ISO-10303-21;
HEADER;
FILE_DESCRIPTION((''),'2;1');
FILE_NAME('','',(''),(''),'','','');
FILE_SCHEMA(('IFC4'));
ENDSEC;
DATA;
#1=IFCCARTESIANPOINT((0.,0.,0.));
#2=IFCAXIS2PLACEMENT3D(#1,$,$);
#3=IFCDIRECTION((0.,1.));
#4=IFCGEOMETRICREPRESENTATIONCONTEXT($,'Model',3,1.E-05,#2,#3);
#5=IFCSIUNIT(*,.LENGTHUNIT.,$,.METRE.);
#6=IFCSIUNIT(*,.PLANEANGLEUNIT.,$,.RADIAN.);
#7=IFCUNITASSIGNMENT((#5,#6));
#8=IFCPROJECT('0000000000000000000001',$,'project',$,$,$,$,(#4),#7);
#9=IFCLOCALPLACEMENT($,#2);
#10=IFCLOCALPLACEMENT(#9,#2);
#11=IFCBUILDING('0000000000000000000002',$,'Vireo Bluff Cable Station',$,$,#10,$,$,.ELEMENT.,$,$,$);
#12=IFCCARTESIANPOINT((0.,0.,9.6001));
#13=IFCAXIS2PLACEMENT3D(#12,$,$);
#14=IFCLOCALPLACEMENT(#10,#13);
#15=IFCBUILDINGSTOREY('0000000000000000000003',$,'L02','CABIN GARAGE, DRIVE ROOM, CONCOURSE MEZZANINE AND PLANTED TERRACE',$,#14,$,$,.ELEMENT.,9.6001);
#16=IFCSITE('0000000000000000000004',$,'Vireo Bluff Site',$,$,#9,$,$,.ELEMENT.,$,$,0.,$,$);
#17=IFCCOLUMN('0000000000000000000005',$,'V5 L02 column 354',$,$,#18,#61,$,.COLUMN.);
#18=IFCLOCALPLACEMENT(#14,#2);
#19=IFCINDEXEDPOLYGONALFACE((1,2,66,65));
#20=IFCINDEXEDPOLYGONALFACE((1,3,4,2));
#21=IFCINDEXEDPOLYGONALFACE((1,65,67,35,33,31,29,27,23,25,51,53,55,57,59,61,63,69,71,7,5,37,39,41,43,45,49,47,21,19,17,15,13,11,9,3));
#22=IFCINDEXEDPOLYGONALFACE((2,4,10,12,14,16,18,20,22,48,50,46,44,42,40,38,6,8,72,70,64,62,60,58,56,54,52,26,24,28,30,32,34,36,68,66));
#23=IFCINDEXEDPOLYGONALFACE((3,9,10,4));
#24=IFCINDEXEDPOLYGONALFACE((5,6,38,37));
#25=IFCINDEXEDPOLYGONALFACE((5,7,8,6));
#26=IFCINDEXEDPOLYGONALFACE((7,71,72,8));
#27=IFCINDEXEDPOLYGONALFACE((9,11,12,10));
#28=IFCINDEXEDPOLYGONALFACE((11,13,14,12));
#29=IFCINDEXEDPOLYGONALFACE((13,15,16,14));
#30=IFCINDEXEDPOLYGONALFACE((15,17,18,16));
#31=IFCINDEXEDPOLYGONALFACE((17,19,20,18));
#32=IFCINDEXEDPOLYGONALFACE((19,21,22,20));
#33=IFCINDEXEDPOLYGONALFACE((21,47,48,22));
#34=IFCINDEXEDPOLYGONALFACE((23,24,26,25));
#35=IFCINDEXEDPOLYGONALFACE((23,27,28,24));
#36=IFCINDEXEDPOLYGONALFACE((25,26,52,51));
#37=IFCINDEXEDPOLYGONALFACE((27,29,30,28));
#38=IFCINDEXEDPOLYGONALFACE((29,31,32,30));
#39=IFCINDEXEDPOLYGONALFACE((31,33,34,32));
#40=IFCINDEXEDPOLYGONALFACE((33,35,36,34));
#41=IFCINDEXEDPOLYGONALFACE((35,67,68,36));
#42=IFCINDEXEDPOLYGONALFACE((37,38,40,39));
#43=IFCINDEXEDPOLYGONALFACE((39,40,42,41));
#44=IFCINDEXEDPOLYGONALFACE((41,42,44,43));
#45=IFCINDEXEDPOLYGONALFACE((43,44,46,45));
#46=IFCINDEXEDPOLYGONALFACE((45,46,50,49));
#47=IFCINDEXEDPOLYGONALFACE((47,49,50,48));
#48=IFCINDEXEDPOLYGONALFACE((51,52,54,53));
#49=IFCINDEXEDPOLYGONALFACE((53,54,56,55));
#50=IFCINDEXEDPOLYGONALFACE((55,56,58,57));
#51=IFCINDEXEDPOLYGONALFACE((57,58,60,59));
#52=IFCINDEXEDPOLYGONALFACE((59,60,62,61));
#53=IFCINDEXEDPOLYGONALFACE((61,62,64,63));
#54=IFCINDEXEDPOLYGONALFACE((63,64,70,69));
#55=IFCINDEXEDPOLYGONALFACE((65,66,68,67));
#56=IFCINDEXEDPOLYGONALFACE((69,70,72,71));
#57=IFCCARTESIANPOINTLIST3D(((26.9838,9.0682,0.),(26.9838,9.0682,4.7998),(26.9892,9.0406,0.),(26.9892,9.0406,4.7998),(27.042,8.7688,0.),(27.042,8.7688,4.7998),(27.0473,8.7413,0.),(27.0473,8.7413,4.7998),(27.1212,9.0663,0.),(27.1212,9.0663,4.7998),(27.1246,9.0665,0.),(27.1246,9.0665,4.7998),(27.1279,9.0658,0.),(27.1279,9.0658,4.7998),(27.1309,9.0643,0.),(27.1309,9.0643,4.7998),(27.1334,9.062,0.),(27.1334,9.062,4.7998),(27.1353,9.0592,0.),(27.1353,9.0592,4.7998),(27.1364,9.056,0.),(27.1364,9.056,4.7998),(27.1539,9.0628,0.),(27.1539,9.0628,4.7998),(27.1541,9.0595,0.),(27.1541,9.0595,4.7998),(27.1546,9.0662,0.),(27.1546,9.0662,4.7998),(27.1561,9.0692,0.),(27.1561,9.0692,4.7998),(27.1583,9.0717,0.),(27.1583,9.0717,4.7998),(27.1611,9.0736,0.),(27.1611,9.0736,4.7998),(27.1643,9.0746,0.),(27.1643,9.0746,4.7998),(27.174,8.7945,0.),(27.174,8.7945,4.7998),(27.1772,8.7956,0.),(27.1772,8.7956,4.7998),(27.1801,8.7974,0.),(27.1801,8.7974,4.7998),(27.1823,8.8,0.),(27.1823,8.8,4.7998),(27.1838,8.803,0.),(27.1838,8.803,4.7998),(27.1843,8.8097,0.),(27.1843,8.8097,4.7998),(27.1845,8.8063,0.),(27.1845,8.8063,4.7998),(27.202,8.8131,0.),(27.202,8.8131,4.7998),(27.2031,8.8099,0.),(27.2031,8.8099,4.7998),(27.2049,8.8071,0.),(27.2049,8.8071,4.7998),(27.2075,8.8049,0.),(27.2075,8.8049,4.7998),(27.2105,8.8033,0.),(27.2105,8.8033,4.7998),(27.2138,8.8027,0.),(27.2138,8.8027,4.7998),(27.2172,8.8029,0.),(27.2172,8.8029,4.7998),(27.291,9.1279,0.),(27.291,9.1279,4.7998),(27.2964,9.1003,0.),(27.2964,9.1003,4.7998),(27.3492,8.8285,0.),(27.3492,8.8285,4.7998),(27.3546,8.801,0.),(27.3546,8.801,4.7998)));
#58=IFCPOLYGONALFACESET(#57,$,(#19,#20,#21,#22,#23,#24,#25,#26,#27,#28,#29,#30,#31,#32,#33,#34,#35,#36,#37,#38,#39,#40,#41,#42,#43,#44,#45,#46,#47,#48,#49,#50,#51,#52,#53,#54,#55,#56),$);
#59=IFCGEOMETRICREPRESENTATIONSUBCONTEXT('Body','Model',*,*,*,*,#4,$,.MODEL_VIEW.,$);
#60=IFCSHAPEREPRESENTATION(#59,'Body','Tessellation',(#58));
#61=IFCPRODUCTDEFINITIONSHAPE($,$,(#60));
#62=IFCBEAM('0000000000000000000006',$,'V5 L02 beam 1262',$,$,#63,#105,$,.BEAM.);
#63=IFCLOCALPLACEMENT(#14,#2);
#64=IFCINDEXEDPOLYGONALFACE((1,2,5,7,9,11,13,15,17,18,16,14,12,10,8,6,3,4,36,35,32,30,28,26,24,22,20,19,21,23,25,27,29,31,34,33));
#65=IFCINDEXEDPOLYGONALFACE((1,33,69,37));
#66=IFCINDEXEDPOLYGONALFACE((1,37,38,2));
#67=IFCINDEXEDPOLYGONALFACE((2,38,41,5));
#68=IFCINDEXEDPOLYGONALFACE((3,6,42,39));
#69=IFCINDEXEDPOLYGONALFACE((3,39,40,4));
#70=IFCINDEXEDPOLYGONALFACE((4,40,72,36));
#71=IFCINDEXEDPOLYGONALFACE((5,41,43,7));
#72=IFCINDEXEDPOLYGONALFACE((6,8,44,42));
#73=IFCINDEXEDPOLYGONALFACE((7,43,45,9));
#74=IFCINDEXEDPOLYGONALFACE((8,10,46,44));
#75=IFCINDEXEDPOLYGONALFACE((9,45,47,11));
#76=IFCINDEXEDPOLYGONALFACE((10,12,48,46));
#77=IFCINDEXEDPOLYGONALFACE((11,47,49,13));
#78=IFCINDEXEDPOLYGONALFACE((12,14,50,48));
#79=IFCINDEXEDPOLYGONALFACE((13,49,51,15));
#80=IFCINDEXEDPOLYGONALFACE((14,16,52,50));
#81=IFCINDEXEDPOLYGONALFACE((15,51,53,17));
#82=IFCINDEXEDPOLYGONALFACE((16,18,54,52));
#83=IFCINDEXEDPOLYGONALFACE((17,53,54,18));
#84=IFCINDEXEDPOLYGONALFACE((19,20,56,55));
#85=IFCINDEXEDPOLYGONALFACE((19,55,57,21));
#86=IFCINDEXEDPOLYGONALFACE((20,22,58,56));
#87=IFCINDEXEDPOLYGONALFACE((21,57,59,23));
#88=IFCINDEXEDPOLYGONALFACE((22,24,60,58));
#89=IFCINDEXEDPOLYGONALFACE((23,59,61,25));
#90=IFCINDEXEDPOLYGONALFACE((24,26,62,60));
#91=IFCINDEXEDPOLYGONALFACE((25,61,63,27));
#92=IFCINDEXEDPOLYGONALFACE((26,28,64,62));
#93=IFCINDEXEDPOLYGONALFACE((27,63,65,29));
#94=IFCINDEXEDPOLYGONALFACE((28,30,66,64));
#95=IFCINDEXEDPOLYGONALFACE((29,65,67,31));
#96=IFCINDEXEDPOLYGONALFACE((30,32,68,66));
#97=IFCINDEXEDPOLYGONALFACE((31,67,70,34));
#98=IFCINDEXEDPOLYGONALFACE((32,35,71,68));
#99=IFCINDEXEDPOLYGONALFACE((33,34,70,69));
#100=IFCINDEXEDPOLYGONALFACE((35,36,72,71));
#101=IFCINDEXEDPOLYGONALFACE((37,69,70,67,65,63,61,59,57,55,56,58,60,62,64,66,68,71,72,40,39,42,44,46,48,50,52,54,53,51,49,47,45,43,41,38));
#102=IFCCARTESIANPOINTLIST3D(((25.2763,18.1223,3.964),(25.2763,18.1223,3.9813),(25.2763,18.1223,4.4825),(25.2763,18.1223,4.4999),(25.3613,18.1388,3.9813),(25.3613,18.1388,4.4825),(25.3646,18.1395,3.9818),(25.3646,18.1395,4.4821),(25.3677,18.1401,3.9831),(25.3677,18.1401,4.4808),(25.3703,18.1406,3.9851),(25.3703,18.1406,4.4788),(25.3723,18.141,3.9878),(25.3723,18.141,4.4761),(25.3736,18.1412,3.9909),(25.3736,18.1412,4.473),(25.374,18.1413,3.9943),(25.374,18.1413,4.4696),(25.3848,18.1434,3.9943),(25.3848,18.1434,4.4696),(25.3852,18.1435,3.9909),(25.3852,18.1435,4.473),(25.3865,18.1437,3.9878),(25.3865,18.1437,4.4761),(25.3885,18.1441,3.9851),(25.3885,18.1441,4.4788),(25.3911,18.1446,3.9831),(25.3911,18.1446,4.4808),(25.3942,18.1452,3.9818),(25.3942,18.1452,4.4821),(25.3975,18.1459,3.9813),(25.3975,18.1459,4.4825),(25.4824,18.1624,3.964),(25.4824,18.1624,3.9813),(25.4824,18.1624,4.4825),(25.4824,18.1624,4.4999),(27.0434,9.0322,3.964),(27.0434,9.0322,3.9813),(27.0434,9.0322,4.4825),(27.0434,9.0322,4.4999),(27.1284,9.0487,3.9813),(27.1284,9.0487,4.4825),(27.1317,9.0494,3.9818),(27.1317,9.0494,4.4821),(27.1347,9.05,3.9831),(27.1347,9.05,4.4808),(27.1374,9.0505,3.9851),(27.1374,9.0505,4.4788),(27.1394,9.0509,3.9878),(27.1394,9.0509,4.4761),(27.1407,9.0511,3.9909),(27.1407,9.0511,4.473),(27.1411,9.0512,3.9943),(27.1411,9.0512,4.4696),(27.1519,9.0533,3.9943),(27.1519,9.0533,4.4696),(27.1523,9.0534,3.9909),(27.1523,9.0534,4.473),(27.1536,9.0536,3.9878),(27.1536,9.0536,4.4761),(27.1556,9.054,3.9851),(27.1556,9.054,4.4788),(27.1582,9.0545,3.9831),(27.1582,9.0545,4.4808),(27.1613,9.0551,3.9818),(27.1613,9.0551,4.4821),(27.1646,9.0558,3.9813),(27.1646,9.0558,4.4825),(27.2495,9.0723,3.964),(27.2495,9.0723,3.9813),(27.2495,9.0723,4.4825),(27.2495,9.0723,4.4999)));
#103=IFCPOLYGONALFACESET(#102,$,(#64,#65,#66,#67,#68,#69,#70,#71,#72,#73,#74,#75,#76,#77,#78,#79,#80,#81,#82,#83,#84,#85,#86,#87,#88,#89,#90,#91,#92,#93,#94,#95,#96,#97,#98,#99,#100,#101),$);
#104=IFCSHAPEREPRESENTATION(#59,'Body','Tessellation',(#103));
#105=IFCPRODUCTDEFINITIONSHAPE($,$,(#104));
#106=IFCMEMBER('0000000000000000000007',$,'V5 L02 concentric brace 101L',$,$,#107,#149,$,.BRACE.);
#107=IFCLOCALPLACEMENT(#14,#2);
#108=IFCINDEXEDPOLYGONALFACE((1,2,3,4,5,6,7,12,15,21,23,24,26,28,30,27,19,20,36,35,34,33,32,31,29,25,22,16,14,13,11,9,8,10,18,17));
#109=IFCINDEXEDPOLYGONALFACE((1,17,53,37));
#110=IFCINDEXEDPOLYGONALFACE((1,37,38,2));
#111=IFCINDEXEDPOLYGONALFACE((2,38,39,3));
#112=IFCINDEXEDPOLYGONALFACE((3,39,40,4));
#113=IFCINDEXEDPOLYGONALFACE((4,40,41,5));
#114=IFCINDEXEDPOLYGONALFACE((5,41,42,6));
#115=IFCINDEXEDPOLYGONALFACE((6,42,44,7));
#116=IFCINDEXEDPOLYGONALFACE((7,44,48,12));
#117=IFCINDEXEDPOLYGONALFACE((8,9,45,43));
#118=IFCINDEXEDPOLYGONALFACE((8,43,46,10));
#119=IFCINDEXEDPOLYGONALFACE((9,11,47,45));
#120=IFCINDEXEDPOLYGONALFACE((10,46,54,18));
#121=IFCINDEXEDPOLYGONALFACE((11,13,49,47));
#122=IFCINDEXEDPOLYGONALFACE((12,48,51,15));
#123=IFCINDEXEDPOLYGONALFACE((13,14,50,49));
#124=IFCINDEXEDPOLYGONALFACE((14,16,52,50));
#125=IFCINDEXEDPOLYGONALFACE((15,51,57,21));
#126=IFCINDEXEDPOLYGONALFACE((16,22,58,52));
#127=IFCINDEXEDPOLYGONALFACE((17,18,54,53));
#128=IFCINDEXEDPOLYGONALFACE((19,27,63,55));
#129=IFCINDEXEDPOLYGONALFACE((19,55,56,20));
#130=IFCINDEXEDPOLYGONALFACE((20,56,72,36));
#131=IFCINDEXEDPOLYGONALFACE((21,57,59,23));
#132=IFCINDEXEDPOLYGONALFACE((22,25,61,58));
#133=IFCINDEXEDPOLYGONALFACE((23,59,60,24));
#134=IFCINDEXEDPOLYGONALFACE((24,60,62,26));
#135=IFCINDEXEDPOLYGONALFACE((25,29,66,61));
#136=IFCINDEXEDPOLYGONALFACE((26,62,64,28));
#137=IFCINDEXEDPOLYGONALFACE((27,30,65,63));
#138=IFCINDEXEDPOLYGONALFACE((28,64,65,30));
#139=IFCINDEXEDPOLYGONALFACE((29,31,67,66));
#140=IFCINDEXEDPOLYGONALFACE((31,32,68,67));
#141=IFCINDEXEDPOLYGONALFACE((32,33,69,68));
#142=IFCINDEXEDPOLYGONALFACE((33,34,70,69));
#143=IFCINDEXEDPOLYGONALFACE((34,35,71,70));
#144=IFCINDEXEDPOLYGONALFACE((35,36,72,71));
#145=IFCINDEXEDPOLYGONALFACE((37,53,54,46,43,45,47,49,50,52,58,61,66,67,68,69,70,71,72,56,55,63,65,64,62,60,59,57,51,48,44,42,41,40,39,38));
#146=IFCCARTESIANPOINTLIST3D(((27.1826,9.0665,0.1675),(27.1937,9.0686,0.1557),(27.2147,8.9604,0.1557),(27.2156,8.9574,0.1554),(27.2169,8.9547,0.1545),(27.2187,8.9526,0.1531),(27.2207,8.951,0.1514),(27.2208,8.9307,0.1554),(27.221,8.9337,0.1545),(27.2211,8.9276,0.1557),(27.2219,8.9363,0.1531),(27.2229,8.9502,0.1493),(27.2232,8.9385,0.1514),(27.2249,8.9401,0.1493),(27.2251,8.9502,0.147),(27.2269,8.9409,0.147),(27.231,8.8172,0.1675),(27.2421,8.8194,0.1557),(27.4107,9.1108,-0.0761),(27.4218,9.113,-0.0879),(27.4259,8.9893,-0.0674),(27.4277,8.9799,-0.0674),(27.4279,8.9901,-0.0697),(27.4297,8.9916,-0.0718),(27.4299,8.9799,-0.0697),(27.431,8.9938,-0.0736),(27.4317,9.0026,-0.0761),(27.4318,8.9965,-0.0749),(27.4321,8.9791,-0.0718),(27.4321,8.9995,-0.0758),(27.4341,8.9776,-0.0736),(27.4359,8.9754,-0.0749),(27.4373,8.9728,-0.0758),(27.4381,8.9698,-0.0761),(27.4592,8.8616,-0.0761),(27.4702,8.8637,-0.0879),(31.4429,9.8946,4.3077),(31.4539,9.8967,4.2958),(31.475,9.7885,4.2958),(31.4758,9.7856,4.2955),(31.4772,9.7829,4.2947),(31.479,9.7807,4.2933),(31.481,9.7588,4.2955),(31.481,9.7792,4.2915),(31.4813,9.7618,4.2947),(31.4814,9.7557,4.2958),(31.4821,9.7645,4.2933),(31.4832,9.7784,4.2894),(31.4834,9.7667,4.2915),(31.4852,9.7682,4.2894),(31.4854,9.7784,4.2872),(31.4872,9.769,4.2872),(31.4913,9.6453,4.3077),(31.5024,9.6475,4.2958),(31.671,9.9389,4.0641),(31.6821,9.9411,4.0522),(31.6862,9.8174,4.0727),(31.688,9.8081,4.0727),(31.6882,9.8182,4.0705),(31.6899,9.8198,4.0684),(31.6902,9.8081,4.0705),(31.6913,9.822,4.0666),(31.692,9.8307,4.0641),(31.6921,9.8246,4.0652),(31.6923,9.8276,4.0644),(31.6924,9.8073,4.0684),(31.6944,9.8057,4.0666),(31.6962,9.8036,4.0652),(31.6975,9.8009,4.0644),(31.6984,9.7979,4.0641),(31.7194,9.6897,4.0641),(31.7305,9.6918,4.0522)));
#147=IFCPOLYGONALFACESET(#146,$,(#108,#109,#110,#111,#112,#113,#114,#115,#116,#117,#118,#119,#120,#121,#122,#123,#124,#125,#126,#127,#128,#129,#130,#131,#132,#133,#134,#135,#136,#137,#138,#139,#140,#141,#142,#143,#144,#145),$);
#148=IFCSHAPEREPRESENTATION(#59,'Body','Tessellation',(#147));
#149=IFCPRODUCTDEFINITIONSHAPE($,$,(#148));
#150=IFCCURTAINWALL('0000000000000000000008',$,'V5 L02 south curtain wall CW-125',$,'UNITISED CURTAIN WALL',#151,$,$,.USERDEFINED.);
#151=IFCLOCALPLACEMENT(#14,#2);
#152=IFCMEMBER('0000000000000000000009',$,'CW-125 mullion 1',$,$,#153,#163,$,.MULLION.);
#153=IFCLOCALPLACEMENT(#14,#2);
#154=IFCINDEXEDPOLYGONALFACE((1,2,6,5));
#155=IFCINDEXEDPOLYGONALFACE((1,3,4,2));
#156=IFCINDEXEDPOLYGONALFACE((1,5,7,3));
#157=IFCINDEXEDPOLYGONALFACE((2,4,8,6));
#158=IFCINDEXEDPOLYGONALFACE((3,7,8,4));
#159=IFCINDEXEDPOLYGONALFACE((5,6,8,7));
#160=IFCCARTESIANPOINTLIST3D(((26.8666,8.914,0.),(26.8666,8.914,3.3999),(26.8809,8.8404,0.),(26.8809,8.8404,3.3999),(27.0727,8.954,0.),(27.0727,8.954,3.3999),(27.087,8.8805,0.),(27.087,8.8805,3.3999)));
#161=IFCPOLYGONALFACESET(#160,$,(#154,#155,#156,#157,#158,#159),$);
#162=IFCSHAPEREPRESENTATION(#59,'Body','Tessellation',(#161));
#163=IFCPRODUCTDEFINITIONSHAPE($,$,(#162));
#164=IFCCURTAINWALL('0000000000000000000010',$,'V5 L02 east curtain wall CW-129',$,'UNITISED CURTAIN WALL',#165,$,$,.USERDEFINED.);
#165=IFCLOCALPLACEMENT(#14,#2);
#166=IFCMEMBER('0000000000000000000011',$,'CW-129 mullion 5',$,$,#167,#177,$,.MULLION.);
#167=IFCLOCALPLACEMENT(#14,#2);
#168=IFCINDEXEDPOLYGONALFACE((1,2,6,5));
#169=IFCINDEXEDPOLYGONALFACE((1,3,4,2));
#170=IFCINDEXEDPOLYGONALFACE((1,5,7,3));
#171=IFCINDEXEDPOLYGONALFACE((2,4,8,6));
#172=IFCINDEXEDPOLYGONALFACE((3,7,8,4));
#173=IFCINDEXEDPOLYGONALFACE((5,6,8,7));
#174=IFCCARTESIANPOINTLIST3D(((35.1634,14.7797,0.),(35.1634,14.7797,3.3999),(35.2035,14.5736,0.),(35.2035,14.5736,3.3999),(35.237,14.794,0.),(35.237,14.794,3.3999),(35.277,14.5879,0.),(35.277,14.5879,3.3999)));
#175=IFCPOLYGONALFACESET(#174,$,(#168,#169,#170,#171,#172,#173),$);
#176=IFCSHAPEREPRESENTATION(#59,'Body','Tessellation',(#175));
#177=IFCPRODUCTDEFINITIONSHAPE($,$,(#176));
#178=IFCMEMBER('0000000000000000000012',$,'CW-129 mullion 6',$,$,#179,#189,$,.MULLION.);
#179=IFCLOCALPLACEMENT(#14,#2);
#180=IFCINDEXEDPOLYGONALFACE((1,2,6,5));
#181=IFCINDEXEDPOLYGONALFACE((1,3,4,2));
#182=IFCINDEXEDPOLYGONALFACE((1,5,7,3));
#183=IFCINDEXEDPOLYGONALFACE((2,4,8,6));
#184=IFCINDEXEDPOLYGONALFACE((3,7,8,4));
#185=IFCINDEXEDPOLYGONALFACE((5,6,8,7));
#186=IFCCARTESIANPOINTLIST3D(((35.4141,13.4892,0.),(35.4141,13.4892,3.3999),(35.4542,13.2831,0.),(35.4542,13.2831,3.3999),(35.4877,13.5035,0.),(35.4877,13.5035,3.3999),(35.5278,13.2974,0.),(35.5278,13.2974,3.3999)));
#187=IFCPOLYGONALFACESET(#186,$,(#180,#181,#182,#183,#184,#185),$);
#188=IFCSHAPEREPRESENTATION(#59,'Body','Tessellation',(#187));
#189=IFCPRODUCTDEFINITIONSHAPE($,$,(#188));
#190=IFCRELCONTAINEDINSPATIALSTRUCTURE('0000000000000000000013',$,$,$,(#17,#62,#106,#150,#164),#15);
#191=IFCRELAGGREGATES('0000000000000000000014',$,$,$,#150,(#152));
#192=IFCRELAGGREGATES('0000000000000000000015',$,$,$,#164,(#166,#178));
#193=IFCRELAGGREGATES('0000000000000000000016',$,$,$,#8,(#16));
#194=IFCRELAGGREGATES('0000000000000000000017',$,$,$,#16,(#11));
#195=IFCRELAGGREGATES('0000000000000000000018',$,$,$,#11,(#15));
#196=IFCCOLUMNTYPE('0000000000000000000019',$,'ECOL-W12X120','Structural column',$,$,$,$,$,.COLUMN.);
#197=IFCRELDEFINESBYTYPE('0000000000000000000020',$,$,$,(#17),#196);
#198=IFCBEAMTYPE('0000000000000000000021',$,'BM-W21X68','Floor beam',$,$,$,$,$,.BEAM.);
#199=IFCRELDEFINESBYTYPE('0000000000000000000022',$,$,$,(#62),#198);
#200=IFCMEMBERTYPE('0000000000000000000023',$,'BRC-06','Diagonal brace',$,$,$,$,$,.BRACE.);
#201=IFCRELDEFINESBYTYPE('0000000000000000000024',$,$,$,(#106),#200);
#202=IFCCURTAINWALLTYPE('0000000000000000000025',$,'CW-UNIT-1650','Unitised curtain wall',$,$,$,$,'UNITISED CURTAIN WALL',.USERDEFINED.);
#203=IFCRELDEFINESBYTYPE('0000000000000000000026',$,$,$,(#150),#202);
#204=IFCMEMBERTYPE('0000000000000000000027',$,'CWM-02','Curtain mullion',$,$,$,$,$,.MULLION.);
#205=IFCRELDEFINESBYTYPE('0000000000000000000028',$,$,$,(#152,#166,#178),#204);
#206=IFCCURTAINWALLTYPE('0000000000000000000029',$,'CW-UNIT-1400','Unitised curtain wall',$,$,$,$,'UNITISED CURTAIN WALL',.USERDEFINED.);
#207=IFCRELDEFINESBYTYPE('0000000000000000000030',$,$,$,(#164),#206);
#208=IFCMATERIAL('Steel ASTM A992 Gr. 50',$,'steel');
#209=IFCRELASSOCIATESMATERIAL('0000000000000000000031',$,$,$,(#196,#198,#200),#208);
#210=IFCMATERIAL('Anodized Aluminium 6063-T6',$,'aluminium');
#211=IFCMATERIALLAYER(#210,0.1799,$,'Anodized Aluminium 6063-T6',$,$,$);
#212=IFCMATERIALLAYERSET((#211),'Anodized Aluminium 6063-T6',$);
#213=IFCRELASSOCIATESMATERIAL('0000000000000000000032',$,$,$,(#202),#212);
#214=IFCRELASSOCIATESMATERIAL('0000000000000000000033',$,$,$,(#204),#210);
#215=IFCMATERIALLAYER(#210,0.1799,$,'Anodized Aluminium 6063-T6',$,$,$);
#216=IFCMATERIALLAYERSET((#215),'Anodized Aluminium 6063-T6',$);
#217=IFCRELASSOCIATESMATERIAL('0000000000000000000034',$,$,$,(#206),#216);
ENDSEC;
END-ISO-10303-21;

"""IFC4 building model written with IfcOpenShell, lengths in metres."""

from ifc_helpers import new_model, si_unit, direction, frame, origin, origin_2d, place, context, subcontext, project, spatial, rectangle, i_section, extrude, material, layer, layer_set, material_profile, profile_set, type_object, element, aggregate, save


model = new_model("IFC4")

# Units and contexts
model_context = context("Model", 3, precision=1e-05, world=origin(), true_north=direction((0.0, 1.0)))
body_context = subcontext(model_context, "Body", "Model", "MODEL_VIEW")
ifc_project = project(units=[si_unit("LENGTHUNIT", "METRE"), si_unit("PLANEANGLEUNIT", "RADIAN")], contexts=[model_context])

# Site, building, storey
site_placement = place(None, origin())
site = spatial("IfcSite", under=ifc_project, at=site_placement, Name="Vireo Bluff Site", CompositionType="ELEMENT", RefElevation=0.0)
building_placement = place(site_placement, origin())
building = spatial("IfcBuilding", under=site, at=building_placement, Name="Vireo Bluff Cable Station", CompositionType="ELEMENT")
storey_placement = place(building_placement, frame((0.0, 0.0, 9.6001)))
storey = spatial("IfcBuildingStorey", under=building, at=storey_placement, Name="L02", Description="CABIN GARAGE, DRIVE ROOM, CONCOURSE MEZZANINE AND PLANTED TERRACE", CompositionType="ELEMENT", Elevation=9.6001)

# Column
ifc_material_1 = material(Name="Steel ASTM A992 Gr. 50", Category="steel")
ifc_material_profile_1 = material_profile(ifc_material_1, i_section(OverallWidth=0.313, OverallDepth=0.333, WebThickness=0.0181, FlangeThickness=0.0281, FilletRadius=0.0129, at=origin_2d()), Name="W12X120")
ifc_profile_set_1 = profile_set([ifc_material_profile_1], Name="Steel ASTM A992 Gr. 50")
column_type = type_object("IfcColumnType", Name="ECOL-W12X120", Description="Structural column", PredefinedType="COLUMN", material=ifc_profile_set_1)
column_placement = place(storey_placement, frame((27.1692, 8.9346, 0.0), z_axis=(0.0, 0.0, 1.0), x_axis=(0.981627, 0.190809, 0.0)))
element("IfcColumn", 1, at=column_placement, inside=storey, type_object=column_type, Name="V5 L02 column 354", PredefinedType="COLUMN", context=body_context, shape_type="SweptSolid", body=[
    extrude(i_section(OverallWidth=0.313, OverallDepth=0.333, WebThickness=0.0181, FlangeThickness=0.0281, FilletRadius=0.0129, at=origin_2d()), origin(), (0.0, 0.0, 1.0), 4.7998),
])

# Beam
ifc_material_profile_2 = material_profile(ifc_material_1, i_section(OverallWidth=0.21, OverallDepth=0.5359, WebThickness=0.011, FlangeThickness=0.0173, FilletRadius=0.0129, at=origin_2d()), Name="W21X68")
ifc_profile_set_2 = profile_set([ifc_material_profile_2], Name="Steel ASTM A992 Gr. 50")
beam_type_1 = type_object("IfcBeamType", Name="BM-W21X68", Description="Floor beam", PredefinedType="BEAM", material=ifc_profile_set_2)
beam_1_placement = place(storey_placement, frame((27.1465, 9.0522, 4.2319), z_axis=(-0.190825, 0.981624, 0.0), x_axis=(-0.981624, -0.190825, 0.0)))
element("IfcBeam", 2, at=beam_1_placement, inside=storey, type_object=beam_type_1, Name="V5 L02 beam 1262", PredefinedType="BEAM", context=body_context, shape_type="SweptSolid", body=[
    extrude(i_section(OverallWidth=0.21, OverallDepth=0.5359, WebThickness=0.011, FlangeThickness=0.0173, FilletRadius=0.0129, at=origin_2d()), origin(), (0.0, 0.0, 1.0), 9.2603),
])

# Member
ifc_material_profile_3 = material_profile(ifc_material_1, i_section(OverallWidth=0.2539, OverallDepth=0.353, WebThickness=0.0095, FlangeThickness=0.0164, FilletRadius=0.012, at=origin_2d()), Name="W14X61")
ifc_profile_set_3 = profile_set([ifc_material_profile_3], Name="Steel ASTM A992 Gr. 50")
member_type_1 = type_object("IfcMemberType", Name="BRC-06", Description="Diagonal brace", PredefinedType="BRACE", material=ifc_profile_set_3)
member_1_placement = place(storey_placement, frame((27.3264, 8.9651, 0.0398), z_axis=(0.710276, 0.138066, 0.69025), x_axis=(-0.190812, 0.981627, 0.0)))
element("IfcMember", 3, at=member_1_placement, inside=storey, type_object=member_type_1, Name="V5 L02 concentric brace 101L", PredefinedType="BRACE", context=body_context, shape_type="SweptSolid", body=[
    extrude(i_section(OverallWidth=0.2539, OverallDepth=0.353, WebThickness=0.0095, FlangeThickness=0.0164, FilletRadius=0.012, at=origin_2d()), origin(), (0.0, 0.0, 1.0), 5.998),
])

# Curtain wall, member
ifc_material_2 = material(Name="Anodized Aluminium 6063-T6", Category="aluminium")
ifc_layer_1 = layer(ifc_material_2, 0.1799, Name="Anodized Aluminium 6063-T6")
ifc_layer_set_1 = layer_set([ifc_layer_1], Name="Anodized Aluminium 6063-T6")
curtain_wall_type_1 = type_object("IfcCurtainWallType", Name="CW-UNIT-1650", Description="Unitised curtain wall", ElementType="UNITISED CURTAIN WALL", PredefinedType="USERDEFINED", material=ifc_layer_set_1)
curtain_wall_1_placement = place(storey_placement, origin())
curtain_wall_1 = element("IfcCurtainWall", 4, at=curtain_wall_1_placement, inside=storey, type_object=curtain_wall_type_1, Name="V5 L02 south curtain wall CW-125", ObjectType="UNITISED CURTAIN WALL", PredefinedType="USERDEFINED")
ifc_material_profile_4 = material_profile(ifc_material_2, rectangle(XDim=0.075, YDim=0.21, at=origin_2d()), Name="ALU-M-75X210")
ifc_profile_set_4 = profile_set([ifc_material_profile_4], Name="Anodized Aluminium 6063-T6")
member_type_2 = type_object("IfcMemberType", Name="CWM-02", Description="Curtain mullion", PredefinedType="MULLION", material=ifc_profile_set_4)
member_2_placement = place(storey_placement, frame((26.9768, 8.8972, 0.0), z_axis=(0.0, 0.0, 1.0), x_axis=(0.190809, -0.981627, 0.0)))
member_2 = element("IfcMember", 5, at=member_2_placement, type_object=member_type_2, Name="CW-125 mullion 1", PredefinedType="MULLION", context=body_context, shape_type="SweptSolid", body=[
    extrude(rectangle(XDim=0.075, YDim=0.21, at=origin_2d()), origin(), (0.0, 0.0, 1.0), 3.3999),
])

# Curtain wall, members
ifc_layer_2 = layer(ifc_material_2, 0.1799, Name="Anodized Aluminium 6063-T6")
ifc_layer_set_2 = layer_set([ifc_layer_2], Name="Anodized Aluminium 6063-T6")
curtain_wall_type_2 = type_object("IfcCurtainWallType", Name="CW-UNIT-1400", Description="Unitised curtain wall", ElementType="UNITISED CURTAIN WALL", PredefinedType="USERDEFINED", material=ifc_layer_set_2)
curtain_wall_2_placement = place(storey_placement, origin())
curtain_wall_2 = element("IfcCurtainWall", 6, at=curtain_wall_2_placement, inside=storey, type_object=curtain_wall_type_2, Name="V5 L02 east curtain wall CW-129", ObjectType="UNITISED CURTAIN WALL", PredefinedType="USERDEFINED")
member_3_placement = place(storey_placement, frame((35.2202, 14.6838, 0.0), z_axis=(0.0, 0.0, 1.0), x_axis=(0.981627, 0.190809, 0.0)))
member_3 = element("IfcMember", 7, at=member_3_placement, type_object=member_type_2, Name="CW-129 mullion 5", PredefinedType="MULLION", context=body_context, shape_type="SweptSolid", body=[
    extrude(rectangle(XDim=0.075, YDim=0.21, at=origin_2d()), origin(), (0.0, 0.0, 1.0), 3.3999),
])
member_4_placement = place(storey_placement, frame((35.4709, 13.3933, 0.0), z_axis=(0.0, 0.0, 1.0), x_axis=(0.981627, 0.190809, 0.0)))
member_4 = element("IfcMember", 8, at=member_4_placement, type_object=member_type_2, Name="CW-129 mullion 6", PredefinedType="MULLION", context=body_context, shape_type="SweptSolid", body=[
    extrude(rectangle(XDim=0.075, YDim=0.21, at=origin_2d()), origin(), (0.0, 0.0, 1.0), 3.3999),
])

aggregate(curtain_wall_1, [member_2])

aggregate(curtain_wall_2, [member_3, member_4])

save(model, "model.ifc")
